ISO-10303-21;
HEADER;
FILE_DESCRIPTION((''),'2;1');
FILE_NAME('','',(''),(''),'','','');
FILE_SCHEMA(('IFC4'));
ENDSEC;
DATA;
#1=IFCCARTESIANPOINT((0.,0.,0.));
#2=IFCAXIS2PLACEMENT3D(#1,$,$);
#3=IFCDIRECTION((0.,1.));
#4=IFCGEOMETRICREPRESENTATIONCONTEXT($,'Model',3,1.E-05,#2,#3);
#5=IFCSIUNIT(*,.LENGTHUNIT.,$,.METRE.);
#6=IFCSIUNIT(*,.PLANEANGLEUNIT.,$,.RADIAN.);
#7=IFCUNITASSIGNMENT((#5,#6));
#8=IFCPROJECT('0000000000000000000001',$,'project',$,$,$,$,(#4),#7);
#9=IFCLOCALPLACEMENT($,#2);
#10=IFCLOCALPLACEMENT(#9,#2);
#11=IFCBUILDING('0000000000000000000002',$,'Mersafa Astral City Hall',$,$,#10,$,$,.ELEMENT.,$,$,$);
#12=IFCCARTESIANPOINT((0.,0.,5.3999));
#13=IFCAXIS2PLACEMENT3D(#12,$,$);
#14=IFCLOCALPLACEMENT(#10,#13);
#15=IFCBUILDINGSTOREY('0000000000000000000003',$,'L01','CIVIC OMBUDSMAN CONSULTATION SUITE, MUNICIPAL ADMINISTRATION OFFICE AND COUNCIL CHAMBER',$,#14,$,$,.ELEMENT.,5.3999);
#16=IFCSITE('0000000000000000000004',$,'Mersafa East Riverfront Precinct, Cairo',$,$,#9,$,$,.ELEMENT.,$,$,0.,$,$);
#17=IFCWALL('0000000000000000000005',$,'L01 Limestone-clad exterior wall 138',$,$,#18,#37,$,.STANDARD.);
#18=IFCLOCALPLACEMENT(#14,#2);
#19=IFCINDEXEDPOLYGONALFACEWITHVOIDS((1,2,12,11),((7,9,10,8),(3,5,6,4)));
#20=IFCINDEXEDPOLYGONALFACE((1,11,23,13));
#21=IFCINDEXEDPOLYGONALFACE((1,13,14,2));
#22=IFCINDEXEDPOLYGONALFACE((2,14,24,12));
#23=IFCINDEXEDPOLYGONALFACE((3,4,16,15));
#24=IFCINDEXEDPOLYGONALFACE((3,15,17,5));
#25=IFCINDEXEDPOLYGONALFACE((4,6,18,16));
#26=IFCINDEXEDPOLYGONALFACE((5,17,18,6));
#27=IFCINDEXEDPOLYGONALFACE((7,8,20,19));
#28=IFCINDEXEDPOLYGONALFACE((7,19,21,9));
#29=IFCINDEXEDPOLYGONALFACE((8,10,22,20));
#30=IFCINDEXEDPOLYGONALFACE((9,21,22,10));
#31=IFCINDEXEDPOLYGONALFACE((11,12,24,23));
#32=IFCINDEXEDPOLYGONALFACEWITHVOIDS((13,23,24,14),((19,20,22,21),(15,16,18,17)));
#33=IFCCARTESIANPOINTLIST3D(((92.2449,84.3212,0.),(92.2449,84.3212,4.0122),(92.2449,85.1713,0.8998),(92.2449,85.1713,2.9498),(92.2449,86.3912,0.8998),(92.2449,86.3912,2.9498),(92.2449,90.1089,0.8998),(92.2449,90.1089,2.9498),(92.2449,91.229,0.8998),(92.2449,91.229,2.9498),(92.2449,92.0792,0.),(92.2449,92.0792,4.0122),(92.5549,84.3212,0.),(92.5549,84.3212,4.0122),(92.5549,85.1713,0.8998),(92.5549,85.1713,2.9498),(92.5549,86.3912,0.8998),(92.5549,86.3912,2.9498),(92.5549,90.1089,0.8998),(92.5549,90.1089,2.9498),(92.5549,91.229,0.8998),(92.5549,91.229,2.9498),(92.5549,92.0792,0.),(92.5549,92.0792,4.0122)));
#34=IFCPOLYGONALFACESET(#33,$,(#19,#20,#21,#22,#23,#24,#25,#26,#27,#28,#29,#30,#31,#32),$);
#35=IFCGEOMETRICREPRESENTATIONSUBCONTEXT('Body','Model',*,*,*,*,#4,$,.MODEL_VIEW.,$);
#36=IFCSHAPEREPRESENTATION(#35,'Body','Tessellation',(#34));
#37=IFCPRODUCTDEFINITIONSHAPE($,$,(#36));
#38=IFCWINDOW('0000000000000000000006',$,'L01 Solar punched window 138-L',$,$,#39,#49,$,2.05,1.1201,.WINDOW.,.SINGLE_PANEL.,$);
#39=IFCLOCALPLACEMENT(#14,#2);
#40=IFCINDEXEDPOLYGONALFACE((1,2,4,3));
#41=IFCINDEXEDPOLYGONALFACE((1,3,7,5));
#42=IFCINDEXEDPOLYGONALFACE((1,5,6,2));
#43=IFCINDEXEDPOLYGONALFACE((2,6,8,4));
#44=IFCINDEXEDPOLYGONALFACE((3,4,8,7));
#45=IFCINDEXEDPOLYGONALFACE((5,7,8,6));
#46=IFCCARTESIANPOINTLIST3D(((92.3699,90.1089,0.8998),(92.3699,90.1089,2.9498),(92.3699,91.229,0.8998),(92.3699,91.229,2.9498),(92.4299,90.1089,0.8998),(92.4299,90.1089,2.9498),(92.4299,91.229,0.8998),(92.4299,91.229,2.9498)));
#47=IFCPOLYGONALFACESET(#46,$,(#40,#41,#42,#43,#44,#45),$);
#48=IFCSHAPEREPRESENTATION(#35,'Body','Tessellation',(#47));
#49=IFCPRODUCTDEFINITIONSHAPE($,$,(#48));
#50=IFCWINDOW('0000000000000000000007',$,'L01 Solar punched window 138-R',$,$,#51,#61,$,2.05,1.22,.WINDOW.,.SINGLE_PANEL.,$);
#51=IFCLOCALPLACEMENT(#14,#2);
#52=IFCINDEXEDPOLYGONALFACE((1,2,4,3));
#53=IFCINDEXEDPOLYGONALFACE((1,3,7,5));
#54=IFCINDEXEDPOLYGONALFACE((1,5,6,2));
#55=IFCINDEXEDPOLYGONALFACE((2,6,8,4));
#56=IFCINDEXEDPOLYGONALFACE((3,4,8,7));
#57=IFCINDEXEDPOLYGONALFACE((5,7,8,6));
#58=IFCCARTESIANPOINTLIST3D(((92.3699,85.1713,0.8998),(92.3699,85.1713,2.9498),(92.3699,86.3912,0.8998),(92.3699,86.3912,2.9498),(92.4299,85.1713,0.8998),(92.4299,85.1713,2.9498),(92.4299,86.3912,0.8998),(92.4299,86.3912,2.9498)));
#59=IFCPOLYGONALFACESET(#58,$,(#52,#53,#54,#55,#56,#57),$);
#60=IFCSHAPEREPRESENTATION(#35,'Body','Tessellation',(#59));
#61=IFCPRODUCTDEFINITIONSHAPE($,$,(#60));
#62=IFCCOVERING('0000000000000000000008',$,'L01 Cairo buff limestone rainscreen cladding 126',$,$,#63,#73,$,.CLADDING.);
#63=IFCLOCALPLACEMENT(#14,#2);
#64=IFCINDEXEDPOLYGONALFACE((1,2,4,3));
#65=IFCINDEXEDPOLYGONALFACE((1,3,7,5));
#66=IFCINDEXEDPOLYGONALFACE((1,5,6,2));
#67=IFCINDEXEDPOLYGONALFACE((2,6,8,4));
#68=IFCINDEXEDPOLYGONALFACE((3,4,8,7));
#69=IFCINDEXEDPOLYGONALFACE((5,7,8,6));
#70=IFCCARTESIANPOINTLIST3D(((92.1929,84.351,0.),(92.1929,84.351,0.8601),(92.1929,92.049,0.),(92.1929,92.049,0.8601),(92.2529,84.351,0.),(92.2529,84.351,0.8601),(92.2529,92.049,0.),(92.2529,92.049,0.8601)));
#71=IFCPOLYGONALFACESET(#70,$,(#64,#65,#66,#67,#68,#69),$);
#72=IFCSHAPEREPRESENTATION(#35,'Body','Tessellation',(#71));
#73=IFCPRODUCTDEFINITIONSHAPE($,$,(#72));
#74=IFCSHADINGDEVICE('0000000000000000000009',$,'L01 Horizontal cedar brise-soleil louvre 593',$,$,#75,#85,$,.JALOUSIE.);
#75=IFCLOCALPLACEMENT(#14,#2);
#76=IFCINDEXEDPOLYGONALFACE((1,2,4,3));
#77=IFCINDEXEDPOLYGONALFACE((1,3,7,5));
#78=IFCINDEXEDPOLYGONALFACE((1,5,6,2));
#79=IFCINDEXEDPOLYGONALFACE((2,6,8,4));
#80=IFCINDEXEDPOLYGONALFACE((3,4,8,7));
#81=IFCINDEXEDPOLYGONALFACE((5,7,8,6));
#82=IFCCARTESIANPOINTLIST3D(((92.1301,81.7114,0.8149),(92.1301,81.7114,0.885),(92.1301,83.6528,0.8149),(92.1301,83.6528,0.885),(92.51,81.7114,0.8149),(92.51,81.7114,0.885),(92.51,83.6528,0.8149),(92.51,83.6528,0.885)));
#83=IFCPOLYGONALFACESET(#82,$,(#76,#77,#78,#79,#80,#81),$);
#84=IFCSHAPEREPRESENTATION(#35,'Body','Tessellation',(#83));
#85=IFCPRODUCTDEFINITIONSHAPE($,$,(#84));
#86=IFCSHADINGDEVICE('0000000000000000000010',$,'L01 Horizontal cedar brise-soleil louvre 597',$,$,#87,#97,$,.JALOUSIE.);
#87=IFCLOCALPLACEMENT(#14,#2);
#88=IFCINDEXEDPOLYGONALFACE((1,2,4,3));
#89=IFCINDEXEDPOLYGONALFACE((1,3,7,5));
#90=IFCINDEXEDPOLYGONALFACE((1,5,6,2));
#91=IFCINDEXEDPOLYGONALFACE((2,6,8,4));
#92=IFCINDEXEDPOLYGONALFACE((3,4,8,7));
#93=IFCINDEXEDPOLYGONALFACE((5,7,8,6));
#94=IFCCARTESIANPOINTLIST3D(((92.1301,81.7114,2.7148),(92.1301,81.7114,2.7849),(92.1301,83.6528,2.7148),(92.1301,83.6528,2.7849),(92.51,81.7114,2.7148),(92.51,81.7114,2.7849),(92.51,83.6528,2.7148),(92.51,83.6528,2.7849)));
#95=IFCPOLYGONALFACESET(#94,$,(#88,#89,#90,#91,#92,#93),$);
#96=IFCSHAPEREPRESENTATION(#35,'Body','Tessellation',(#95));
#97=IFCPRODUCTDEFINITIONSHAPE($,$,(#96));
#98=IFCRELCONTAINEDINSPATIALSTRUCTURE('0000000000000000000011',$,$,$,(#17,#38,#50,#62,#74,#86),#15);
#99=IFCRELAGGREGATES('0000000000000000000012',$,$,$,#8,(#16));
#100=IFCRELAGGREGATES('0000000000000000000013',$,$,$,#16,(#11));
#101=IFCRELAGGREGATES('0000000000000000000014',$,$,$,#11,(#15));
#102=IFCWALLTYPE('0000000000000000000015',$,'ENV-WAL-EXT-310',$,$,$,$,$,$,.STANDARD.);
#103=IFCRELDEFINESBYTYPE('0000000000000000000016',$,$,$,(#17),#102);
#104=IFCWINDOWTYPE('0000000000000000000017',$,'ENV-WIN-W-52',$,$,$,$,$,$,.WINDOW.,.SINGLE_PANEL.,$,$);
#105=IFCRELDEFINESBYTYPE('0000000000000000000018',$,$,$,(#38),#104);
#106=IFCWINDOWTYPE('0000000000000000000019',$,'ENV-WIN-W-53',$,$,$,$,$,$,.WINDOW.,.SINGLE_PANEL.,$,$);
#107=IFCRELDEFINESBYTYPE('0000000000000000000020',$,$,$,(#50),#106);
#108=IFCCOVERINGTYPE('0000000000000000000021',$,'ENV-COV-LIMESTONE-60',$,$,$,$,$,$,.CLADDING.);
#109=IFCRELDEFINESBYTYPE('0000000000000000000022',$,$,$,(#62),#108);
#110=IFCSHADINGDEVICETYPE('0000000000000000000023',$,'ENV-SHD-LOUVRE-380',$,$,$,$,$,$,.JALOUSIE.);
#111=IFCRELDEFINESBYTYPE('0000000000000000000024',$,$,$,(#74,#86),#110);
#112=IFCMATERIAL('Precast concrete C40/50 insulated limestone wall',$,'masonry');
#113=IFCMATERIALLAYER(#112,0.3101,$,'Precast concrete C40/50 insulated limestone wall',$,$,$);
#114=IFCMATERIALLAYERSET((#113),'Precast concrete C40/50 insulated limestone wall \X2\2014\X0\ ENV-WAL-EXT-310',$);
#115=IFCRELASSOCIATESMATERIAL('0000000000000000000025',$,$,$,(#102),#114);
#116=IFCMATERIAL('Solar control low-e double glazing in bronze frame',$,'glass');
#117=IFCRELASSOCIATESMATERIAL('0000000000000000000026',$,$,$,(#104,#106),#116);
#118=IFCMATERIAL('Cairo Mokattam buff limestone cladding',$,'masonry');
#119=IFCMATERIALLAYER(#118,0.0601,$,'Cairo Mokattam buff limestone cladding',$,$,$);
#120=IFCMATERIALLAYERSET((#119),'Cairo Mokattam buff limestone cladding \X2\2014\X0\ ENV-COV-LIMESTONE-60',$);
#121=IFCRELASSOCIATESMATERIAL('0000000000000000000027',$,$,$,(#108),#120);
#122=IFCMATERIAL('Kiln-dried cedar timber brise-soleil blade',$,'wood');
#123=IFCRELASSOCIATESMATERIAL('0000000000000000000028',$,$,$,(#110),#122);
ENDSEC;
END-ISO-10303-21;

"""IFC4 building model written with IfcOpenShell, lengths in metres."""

from ifc_helpers import new_model, si_unit, direction, frame, frame_2d, origin, origin_2d, place, context, subcontext, project, spatial, rectangle, extrude, material, layer, layer_set, type_object, element, fill, save


model = new_model("IFC4")

# Units and contexts
model_context = context("Model", 3, precision=1e-05, world=origin(), true_north=direction((0.0, 1.0)))
body_context = subcontext(model_context, "Body", "Model", "MODEL_VIEW")
ifc_project = project(units=[si_unit("LENGTHUNIT", "METRE"), si_unit("PLANEANGLEUNIT", "RADIAN")], contexts=[model_context])

# Site, building, storey
site_placement = place(None, origin())
site = spatial("IfcSite", under=ifc_project, at=site_placement, Name="Mersafa East Riverfront Precinct, Cairo", CompositionType="ELEMENT", RefElevation=0.0)
building_placement = place(site_placement, origin())
building = spatial("IfcBuilding", under=site, at=building_placement, Name="Mersafa Astral City Hall", CompositionType="ELEMENT")
storey_placement = place(building_placement, frame((0.0, 0.0, 5.3999)))
storey = spatial("IfcBuildingStorey", under=building, at=storey_placement, Name="L01", Description="CIVIC OMBUDSMAN CONSULTATION SUITE, MUNICIPAL ADMINISTRATION OFFICE AND COUNCIL CHAMBER", CompositionType="ELEMENT", Elevation=5.3999)

# Wall, openings, windows
ifc_material_1 = material(Name="Precast concrete C40/50 insulated limestone wall", Category="masonry")
ifc_layer_1 = layer(ifc_material_1, 0.3101, Name="Precast concrete C40/50 insulated limestone wall")
ifc_layer_set_1 = layer_set([ifc_layer_1], Name="Precast concrete C40/50 insulated limestone wall — ENV-WAL-EXT-310")
wall_type = type_object("IfcWallType", Name="ENV-WAL-EXT-310", PredefinedType="STANDARD", material=ifc_layer_set_1)
wall_placement = place(storey_placement, frame((92.3999, 92.0791, 0.0), z_axis=(0.0, 0.0, 1.0), x_axis=(0.0, -1.0, 0.0)))
wall = element("IfcWall", 1, at=wall_placement, inside=storey, type_object=wall_type, Name="L01 Limestone-clad exterior wall 138", PredefinedType="STANDARD", context=body_context, shape_type="SweptSolid", body=[
    extrude(rectangle(XDim=7.7581, YDim=0.3101, at=frame_2d((3.8789, 0.0))), origin(), (0.0, 0.0, 1.0), 4.0122),
])
opening_1_placement = place(wall_placement, frame((0.8501, 0.0, 0.8999)))
opening_1 = element("IfcOpeningElement", 2, at=opening_1_placement, cuts=wall, PredefinedType="OPENING", context=body_context, shape_type="SweptSolid", body=[
    extrude(rectangle(XDim=1.1201, YDim=2.05, at=frame_2d((0.5601, 1.0249))), frame((0.0, 0.165, 0.0), z_axis=(0.0, -1.0, 0.0), x_axis=(1.0, 0.0, 0.0)), (0.0, 0.0, 1.0), 0.3301),
])
opening_2_placement = place(wall_placement, frame((5.688, 0.0, 0.8999)))
opening_2 = element("IfcOpeningElement", 3, at=opening_2_placement, cuts=wall, PredefinedType="OPENING", context=body_context, shape_type="SweptSolid", body=[
    extrude(rectangle(XDim=1.22, YDim=2.05, at=frame_2d((0.6099, 1.0249))), frame((0.0, 0.165, 0.0), z_axis=(0.0, -1.0, 0.0), x_axis=(1.0, 0.0, 0.0)), (0.0, 0.0, 1.0), 0.3301),
])
ifc_material_2 = material(Name="Solar control low-e double glazing in bronze frame", Category="glass")
window_type_1 = type_object("IfcWindowType", Name="ENV-WIN-W-52", PartitioningType="SINGLE_PANEL", PredefinedType="WINDOW", material=ifc_material_2)
window_1_placement = place(opening_1_placement, origin())
window_1 = element("IfcWindow", 4, at=window_1_placement, inside=storey, type_object=window_type_1, Name="L01 Solar punched window 138-L", OverallHeight=2.05, OverallWidth=1.1201, PartitioningType="SINGLE_PANEL", PredefinedType="WINDOW", context=body_context, shape_type="SweptSolid", body=[
    extrude(rectangle(XDim=1.1201, YDim=2.05, at=frame_2d((0.5601, 1.0249))), frame((0.0, 0.03, 0.0), z_axis=(0.0, -1.0, 0.0), x_axis=(1.0, 0.0, 0.0)), (0.0, 0.0, 1.0), 0.0601),
])
fill(opening_1, window_1)
window_type_2 = type_object("IfcWindowType", Name="ENV-WIN-W-53", PartitioningType="SINGLE_PANEL", PredefinedType="WINDOW", material=ifc_material_2)
window_2_placement = place(opening_2_placement, origin())
window_2 = element("IfcWindow", 5, at=window_2_placement, inside=storey, type_object=window_type_2, Name="L01 Solar punched window 138-R", OverallHeight=2.05, OverallWidth=1.22, PartitioningType="SINGLE_PANEL", PredefinedType="WINDOW", context=body_context, shape_type="SweptSolid", body=[
    extrude(rectangle(XDim=1.22, YDim=2.05, at=frame_2d((0.6099, 1.0249))), frame((0.0, 0.03, 0.0), z_axis=(0.0, -1.0, 0.0), x_axis=(1.0, 0.0, 0.0)), (0.0, 0.0, 1.0), 0.0601),
])
fill(opening_2, window_2)

# Covering
ifc_material_3 = material(Name="Cairo Mokattam buff limestone cladding", Category="masonry")
ifc_layer_2 = layer(ifc_material_3, 0.0601, Name="Cairo Mokattam buff limestone cladding")
ifc_layer_set_2 = layer_set([ifc_layer_2], Name="Cairo Mokattam buff limestone cladding — ENV-COV-LIMESTONE-60")
covering_type = type_object("IfcCoveringType", Name="ENV-COV-LIMESTONE-60", PredefinedType="CLADDING", material=ifc_layer_set_2)
covering_placement = place(storey_placement, frame((92.2229, 88.2, 0.0), z_axis=(0.0, 0.0, 1.0), x_axis=(0.0, -1.0, 0.0)))
element("IfcCovering", 6, at=covering_placement, inside=storey, type_object=covering_type, Name="L01 Cairo buff limestone rainscreen cladding 126", PredefinedType="CLADDING", context=body_context, shape_type="SweptSolid", body=[
    extrude(rectangle(XDim=7.698, YDim=0.0601, at=origin_2d()), origin(), (0.0, 0.0, 1.0), 0.8601),
])

# Shading devices
ifc_material_4 = material(Name="Kiln-dried cedar timber brise-soleil blade", Category="wood")
shading_device_type = type_object("IfcShadingDeviceType", Name="ENV-SHD-LOUVRE-380", PredefinedType="JALOUSIE", material=ifc_material_4)
for number, where, z_axis, x_axis, name in (
    (7, (92.3201, 82.6821, 0.8149), (0.0, 0.0, 1.0), (0.0, -1.0, 0.0), "L01 Horizontal cedar brise-soleil louvre 593"),
    (8, (92.3201, 82.6821, 2.7148), (0.0, 0.0, 1.0), (0.0, -1.0, 0.0), "L01 Horizontal cedar brise-soleil louvre 597"),
):
    element("IfcShadingDevice", number, at=place(storey_placement, frame(where, z_axis=z_axis, x_axis=x_axis)), inside=storey, type_object=shading_device_type, Name=name, PredefinedType="JALOUSIE", context=body_context, shape_type="SweptSolid", body=[
        extrude(rectangle(XDim=1.9414, YDim=0.3799, at=origin_2d()), origin(), (0.0, 0.0, 1.0), 0.0701),
    ])

save(model, "model.ifc")
